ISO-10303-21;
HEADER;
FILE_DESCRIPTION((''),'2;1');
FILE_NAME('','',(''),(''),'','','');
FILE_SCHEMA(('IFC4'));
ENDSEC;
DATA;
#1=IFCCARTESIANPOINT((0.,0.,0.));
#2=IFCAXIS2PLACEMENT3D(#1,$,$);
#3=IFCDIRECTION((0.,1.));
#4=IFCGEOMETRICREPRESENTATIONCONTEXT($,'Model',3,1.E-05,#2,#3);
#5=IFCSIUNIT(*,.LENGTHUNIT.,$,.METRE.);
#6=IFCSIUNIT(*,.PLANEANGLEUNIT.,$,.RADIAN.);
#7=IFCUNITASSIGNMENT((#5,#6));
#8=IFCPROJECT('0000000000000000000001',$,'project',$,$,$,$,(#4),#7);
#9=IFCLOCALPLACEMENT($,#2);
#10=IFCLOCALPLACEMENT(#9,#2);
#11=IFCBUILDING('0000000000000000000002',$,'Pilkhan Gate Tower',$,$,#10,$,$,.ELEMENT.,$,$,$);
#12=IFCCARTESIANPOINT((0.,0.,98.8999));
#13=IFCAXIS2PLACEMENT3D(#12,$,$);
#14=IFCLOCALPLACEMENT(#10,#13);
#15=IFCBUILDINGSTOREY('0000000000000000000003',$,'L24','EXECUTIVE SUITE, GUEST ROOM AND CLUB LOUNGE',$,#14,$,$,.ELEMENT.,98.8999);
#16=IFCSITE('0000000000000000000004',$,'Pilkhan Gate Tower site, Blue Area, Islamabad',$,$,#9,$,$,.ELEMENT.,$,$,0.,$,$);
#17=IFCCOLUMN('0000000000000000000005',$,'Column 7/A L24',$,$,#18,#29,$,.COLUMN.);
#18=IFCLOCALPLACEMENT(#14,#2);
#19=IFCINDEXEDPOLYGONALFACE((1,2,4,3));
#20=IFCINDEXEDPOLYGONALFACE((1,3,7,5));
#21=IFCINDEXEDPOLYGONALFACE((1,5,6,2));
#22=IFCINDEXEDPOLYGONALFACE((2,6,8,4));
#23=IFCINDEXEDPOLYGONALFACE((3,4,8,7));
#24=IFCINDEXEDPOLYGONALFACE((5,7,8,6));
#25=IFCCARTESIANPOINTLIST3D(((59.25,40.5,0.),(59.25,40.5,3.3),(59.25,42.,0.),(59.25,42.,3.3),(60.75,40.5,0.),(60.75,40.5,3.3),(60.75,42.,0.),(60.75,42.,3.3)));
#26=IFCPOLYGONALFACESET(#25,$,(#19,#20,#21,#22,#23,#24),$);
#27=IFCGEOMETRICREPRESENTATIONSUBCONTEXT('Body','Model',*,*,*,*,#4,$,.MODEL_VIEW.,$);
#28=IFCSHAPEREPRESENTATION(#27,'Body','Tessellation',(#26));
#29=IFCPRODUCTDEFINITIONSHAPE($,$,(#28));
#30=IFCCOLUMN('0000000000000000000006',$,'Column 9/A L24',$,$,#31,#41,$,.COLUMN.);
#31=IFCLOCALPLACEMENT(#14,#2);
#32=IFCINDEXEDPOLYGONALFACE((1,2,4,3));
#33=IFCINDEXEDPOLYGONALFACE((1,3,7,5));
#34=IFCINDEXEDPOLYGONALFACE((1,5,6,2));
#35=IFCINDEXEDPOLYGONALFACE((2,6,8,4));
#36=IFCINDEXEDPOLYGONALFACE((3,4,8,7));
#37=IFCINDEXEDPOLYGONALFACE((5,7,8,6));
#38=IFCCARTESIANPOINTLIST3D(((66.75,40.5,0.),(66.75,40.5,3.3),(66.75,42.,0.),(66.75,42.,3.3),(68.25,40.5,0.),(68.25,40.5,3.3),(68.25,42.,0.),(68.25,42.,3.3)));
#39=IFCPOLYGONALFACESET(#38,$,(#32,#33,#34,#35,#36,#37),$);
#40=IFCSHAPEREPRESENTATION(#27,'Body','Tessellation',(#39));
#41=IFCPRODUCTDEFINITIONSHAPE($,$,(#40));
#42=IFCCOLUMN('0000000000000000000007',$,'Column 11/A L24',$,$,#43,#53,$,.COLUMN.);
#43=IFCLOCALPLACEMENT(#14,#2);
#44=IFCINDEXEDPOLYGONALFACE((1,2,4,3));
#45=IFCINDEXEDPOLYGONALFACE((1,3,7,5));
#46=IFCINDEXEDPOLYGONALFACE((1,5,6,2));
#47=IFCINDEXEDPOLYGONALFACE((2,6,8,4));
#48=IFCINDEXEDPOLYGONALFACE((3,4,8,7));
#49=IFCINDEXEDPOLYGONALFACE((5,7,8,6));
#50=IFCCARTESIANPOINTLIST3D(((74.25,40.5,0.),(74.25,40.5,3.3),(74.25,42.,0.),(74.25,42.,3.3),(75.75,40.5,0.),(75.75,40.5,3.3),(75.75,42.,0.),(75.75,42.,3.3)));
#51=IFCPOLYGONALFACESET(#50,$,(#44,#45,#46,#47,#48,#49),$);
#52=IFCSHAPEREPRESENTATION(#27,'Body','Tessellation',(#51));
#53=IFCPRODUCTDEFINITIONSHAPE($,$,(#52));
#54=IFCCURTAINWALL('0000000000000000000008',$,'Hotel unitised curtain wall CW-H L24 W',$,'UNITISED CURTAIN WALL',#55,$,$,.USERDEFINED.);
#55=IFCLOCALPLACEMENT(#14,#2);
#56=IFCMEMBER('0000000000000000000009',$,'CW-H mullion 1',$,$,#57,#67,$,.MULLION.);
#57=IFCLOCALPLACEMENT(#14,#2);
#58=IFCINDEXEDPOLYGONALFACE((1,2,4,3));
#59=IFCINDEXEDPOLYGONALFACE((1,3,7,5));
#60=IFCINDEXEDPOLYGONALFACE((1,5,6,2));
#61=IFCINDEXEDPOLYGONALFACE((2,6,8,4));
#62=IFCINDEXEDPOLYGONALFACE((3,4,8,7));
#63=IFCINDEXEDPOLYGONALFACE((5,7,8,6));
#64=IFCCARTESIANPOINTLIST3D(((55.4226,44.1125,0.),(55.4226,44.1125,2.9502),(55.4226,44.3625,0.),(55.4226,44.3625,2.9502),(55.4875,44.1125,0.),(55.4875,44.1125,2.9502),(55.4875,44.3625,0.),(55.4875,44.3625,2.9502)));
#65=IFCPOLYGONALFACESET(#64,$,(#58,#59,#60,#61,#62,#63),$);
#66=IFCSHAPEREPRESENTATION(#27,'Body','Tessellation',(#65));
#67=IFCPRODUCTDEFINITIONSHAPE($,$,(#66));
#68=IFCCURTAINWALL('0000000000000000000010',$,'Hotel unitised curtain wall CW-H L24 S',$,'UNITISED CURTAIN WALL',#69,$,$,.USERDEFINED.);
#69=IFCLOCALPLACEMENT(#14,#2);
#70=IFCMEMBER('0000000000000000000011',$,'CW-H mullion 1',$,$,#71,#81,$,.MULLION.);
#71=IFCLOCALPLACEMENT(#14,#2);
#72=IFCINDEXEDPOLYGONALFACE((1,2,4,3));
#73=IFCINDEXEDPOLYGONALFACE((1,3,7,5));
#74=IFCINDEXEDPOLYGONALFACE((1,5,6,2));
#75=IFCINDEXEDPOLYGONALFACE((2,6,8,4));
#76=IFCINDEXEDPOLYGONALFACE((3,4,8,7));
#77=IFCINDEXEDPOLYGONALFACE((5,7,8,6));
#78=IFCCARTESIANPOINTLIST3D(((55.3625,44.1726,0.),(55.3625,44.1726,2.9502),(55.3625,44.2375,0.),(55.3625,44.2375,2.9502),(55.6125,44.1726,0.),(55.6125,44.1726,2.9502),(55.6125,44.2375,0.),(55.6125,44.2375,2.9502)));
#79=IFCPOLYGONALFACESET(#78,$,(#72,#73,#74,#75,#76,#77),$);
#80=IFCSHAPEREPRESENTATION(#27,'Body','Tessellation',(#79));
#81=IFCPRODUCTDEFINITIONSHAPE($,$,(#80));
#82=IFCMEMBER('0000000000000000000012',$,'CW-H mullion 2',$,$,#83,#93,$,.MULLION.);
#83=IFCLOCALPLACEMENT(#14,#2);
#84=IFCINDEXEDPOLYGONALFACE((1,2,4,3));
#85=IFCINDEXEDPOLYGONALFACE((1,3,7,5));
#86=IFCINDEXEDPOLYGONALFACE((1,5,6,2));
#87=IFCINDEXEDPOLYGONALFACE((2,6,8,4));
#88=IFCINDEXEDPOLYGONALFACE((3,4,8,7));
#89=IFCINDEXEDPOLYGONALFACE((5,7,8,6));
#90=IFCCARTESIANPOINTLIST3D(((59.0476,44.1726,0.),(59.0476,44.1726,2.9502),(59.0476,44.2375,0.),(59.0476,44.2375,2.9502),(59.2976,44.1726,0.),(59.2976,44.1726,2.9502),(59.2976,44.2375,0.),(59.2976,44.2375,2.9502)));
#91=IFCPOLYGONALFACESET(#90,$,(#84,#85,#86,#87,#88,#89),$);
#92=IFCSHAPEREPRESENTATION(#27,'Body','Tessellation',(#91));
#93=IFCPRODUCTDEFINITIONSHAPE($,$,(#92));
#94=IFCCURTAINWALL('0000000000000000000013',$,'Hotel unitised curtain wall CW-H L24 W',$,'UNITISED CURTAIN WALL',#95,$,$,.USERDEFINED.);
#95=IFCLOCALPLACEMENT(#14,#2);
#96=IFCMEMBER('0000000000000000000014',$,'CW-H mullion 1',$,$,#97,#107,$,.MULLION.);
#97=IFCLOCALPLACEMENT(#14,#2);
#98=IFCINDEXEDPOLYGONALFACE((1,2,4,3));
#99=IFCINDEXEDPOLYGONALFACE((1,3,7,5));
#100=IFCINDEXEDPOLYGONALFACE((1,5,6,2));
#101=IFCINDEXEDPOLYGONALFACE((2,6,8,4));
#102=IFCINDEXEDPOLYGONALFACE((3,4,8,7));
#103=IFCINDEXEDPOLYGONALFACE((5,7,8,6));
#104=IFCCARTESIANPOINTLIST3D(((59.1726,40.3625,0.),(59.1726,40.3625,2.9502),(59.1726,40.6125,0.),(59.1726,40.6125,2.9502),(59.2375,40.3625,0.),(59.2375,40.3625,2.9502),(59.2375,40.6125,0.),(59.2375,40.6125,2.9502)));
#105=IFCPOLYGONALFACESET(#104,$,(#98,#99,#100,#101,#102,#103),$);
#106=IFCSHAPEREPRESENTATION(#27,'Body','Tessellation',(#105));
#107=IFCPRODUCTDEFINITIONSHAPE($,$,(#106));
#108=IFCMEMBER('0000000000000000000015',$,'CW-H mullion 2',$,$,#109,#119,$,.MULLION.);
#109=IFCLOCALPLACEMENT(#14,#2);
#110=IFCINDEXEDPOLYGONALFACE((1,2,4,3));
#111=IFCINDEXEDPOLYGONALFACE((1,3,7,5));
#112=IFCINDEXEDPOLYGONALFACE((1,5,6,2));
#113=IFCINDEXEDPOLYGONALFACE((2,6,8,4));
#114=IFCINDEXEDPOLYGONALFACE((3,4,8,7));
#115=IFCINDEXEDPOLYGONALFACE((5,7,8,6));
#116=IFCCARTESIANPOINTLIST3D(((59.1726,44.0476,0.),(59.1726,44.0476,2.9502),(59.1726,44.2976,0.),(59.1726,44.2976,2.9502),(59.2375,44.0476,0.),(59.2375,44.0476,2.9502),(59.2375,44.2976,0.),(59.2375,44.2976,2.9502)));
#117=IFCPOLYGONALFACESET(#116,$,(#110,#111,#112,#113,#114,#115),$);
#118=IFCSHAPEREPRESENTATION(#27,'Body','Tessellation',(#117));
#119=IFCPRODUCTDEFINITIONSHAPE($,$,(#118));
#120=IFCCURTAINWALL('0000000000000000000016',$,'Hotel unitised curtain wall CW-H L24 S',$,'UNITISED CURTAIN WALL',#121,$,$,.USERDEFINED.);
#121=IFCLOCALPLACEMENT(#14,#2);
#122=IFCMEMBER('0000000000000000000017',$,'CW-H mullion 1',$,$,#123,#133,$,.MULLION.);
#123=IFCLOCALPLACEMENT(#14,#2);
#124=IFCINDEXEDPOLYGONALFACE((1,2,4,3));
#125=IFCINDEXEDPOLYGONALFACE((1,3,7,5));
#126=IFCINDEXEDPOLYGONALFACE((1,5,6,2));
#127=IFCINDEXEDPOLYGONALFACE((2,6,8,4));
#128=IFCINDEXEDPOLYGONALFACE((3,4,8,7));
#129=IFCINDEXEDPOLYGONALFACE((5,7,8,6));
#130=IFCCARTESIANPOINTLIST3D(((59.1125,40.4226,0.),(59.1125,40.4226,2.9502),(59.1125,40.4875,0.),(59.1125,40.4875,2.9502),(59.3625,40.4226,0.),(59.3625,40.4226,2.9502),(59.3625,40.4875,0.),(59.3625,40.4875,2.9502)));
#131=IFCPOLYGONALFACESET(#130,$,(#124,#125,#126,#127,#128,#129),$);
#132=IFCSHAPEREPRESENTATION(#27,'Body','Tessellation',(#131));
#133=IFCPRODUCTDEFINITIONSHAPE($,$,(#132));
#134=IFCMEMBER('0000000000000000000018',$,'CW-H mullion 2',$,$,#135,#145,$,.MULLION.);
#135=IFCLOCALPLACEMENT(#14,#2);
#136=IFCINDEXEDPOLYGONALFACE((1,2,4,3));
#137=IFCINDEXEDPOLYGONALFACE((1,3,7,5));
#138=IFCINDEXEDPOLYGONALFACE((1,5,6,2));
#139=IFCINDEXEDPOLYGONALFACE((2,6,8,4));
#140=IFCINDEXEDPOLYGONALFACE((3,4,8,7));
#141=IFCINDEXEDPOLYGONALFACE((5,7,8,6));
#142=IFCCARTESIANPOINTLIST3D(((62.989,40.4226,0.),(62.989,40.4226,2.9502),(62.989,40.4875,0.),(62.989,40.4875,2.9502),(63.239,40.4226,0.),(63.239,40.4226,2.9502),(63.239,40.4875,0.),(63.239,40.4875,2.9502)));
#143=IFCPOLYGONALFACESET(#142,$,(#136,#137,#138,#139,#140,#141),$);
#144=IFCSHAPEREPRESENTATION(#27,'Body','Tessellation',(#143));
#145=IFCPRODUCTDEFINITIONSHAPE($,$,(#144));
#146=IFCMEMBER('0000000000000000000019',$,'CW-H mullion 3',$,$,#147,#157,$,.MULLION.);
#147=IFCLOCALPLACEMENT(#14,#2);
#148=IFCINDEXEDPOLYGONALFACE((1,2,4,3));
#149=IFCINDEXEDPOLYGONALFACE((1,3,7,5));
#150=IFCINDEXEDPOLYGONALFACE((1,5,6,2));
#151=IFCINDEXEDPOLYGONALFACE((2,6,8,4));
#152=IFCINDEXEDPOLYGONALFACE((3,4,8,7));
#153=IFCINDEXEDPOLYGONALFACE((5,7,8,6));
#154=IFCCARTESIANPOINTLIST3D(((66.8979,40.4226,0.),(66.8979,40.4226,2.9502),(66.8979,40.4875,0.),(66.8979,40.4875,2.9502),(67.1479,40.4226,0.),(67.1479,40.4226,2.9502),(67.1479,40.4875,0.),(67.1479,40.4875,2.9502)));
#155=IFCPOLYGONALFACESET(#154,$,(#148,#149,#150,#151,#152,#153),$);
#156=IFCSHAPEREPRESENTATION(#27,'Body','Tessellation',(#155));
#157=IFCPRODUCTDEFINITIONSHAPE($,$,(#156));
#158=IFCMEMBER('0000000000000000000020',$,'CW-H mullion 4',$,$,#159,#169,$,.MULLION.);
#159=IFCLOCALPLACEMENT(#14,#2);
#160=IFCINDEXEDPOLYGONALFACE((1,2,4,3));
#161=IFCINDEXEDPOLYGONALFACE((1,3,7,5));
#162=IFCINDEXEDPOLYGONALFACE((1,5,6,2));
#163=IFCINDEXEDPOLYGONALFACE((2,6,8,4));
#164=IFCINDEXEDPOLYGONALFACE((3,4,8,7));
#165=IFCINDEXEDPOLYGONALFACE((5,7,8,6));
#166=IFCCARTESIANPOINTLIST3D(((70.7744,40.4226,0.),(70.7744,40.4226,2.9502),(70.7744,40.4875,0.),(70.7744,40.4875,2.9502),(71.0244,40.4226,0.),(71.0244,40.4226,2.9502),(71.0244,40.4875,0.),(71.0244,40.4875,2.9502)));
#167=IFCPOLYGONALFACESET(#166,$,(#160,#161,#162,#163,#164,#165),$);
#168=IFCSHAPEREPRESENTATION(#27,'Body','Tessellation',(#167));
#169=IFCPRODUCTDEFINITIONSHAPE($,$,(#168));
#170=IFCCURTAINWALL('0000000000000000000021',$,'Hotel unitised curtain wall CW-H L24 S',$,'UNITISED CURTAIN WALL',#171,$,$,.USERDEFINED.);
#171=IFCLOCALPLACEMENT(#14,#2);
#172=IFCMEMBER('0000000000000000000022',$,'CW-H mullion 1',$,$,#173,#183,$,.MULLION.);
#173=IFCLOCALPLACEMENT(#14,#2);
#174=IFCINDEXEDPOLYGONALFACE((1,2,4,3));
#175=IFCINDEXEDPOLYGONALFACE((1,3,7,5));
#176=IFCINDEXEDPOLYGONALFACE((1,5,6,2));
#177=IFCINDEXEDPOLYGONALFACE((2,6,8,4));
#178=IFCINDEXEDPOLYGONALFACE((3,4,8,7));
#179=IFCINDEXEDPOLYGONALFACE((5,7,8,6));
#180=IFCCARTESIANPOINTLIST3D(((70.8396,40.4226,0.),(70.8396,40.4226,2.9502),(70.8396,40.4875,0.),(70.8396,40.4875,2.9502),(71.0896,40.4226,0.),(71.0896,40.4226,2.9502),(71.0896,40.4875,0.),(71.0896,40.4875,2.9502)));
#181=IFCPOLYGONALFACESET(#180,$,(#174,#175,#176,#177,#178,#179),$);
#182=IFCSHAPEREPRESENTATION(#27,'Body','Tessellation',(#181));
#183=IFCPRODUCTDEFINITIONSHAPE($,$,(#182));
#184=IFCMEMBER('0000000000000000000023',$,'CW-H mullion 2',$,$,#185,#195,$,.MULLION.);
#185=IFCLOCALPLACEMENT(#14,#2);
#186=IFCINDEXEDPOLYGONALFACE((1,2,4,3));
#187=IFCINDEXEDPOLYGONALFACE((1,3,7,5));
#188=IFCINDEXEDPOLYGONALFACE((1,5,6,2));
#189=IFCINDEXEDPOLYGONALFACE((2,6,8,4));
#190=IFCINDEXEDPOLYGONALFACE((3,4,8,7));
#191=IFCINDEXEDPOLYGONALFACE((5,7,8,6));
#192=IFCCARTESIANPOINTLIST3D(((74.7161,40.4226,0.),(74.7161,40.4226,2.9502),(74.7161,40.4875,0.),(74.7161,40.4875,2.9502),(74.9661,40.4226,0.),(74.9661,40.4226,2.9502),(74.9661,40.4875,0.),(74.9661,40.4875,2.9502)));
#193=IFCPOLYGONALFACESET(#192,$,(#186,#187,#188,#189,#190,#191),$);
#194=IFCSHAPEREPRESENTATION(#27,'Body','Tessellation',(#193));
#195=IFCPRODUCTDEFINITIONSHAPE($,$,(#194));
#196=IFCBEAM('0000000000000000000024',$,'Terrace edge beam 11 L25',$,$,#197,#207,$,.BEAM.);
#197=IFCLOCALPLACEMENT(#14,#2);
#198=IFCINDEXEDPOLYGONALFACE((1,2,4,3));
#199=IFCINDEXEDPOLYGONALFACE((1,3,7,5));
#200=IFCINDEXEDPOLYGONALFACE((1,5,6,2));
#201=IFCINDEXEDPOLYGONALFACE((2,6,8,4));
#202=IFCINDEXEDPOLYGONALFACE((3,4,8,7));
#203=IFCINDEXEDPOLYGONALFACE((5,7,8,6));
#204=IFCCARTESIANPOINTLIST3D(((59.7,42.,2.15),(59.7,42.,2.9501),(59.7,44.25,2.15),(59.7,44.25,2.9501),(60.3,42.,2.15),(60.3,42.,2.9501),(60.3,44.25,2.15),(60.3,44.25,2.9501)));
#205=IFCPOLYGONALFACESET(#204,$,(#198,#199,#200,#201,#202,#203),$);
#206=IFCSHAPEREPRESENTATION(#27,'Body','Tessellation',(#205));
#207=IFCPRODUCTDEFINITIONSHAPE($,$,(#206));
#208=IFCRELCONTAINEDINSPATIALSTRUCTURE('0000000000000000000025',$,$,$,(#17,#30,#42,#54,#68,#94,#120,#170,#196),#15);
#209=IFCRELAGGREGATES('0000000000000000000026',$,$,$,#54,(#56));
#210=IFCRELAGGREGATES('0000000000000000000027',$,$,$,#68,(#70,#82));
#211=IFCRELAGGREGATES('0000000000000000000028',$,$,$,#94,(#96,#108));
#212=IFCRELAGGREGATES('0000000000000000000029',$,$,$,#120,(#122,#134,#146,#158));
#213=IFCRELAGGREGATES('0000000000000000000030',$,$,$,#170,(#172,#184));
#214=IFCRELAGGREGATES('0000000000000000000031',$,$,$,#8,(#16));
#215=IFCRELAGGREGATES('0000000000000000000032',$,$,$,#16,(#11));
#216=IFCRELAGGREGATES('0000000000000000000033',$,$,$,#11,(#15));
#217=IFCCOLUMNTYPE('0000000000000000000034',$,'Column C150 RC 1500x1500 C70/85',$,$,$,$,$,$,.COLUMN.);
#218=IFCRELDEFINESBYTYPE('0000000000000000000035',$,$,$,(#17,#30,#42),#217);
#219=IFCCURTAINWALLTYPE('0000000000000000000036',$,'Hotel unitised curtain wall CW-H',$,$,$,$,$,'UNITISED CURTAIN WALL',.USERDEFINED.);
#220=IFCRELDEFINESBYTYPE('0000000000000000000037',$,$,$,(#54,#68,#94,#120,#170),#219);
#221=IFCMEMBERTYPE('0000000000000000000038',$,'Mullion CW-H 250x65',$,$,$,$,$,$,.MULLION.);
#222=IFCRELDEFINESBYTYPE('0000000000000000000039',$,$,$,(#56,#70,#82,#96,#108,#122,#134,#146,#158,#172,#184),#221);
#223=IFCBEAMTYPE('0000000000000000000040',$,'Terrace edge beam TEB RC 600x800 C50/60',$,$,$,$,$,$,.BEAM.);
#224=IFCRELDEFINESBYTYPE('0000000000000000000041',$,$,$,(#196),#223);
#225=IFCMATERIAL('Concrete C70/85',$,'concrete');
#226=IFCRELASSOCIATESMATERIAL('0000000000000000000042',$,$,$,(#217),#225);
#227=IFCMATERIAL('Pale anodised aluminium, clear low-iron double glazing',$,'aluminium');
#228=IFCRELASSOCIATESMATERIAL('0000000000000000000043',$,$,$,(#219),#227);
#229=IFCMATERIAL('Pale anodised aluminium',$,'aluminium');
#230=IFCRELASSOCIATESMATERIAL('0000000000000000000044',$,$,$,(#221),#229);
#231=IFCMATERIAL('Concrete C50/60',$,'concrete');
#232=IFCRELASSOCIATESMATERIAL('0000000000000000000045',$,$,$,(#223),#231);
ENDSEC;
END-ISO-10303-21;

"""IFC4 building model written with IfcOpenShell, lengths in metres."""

from ifc_helpers import new_model, si_unit, direction, frame, origin, origin_2d, place, context, subcontext, project, spatial, rectangle, extrude, material, material_profile, profile_set, type_object, element, aggregate, save


model = new_model("IFC4")

# Units and contexts
model_context = context("Model", 3, precision=1e-05, world=origin(), true_north=direction((0.0, 1.0)))
body_context = subcontext(model_context, "Body", "Model", "MODEL_VIEW")
ifc_project = project(units=[si_unit("LENGTHUNIT", "METRE"), si_unit("PLANEANGLEUNIT", "RADIAN")], contexts=[model_context])

# Site, building, storey
site_placement = place(None, origin())
site = spatial("IfcSite", under=ifc_project, at=site_placement, Name="Pilkhan Gate Tower site, Blue Area, Islamabad", CompositionType="ELEMENT", RefElevation=0.0)
building_placement = place(site_placement, origin())
building = spatial("IfcBuilding", under=site, at=building_placement, Name="Pilkhan Gate Tower", CompositionType="ELEMENT")
storey_placement = place(building_placement, frame((0.0, 0.0, 98.8999)))
storey = spatial("IfcBuildingStorey", under=building, at=storey_placement, Name="L24", Description="EXECUTIVE SUITE, GUEST ROOM AND CLUB LOUNGE", CompositionType="ELEMENT", Elevation=98.8999)

# Columns
ifc_material_1 = material(Name="Concrete C70/85", Category="concrete")
ifc_material_profile_1 = material_profile(ifc_material_1, rectangle(XDim=1.5, YDim=1.5, at=origin_2d()), Name="RC 1500x1500")
ifc_profile_set_1 = profile_set([ifc_material_profile_1], Name="Concrete C70/85")
column_type = type_object("IfcColumnType", Name="Column C150 RC 1500x1500 C70/85", PredefinedType="COLUMN", material=ifc_profile_set_1)
for number, where, z_axis, x_axis, name in (
    (1, (60.0, 41.25, 0.0), (0.0, 0.0, 1.0), (1.0, 0.0, 0.0), "Column 7/A L24"),
    (2, (67.5, 41.25, 0.0), (0.0, 0.0, 1.0), (1.0, 0.0, 0.0), "Column 9/A L24"),
    (3, (75.0, 41.25, 0.0), (0.0, 0.0, 1.0), (1.0, 0.0, 0.0), "Column 11/A L24"),
):
    element("IfcColumn", number, at=place(storey_placement, frame(where, z_axis=z_axis, x_axis=x_axis)), inside=storey, type_object=column_type, Name=name, PredefinedType="COLUMN", context=body_context, shape_type="SweptSolid", body=[
        extrude(rectangle(XDim=1.5, YDim=1.5, at=origin_2d()), origin(), (0.0, 0.0, 1.0), 3.3),
    ])

# Curtain wall, member
ifc_material_2 = material(Name="Pale anodised aluminium, clear low-iron double glazing", Category="aluminium")
curtain_wall_type = type_object("IfcCurtainWallType", Name="Hotel unitised curtain wall CW-H", ElementType="UNITISED CURTAIN WALL", PredefinedType="USERDEFINED", material=ifc_material_2)
curtain_wall_1_placement = place(storey_placement, origin())
curtain_wall_1 = element("IfcCurtainWall", 4, at=curtain_wall_1_placement, inside=storey, type_object=curtain_wall_type, Name="Hotel unitised curtain wall CW-H L24 W", ObjectType="UNITISED CURTAIN WALL", PredefinedType="USERDEFINED")
ifc_material_3 = material(Name="Pale anodised aluminium", Category="aluminium")
ifc_material_profile_2 = material_profile(ifc_material_3, rectangle(XDim=0.0649, YDim=0.25, at=origin_2d()), Name="Mullion 250x65")
ifc_profile_set_2 = profile_set([ifc_material_profile_2], Name="Pale anodised aluminium")
member_type_1 = type_object("IfcMemberType", Name="Mullion CW-H 250x65", PredefinedType="MULLION", material=ifc_profile_set_2)
member_1_placement = place(storey_placement, frame((55.4551, 44.2375, 0.0), z_axis=(0.0, 0.0, 1.0), x_axis=(-1.0, 0.0, 0.0)))
member_1 = element("IfcMember", 5, at=member_1_placement, type_object=member_type_1, Name="CW-H mullion 1", PredefinedType="MULLION", context=body_context, shape_type="SweptSolid", body=[
    extrude(rectangle(XDim=0.0649, YDim=0.25, at=origin_2d()), origin(), (0.0, 0.0, 1.0), 2.9502),
])
aggregate(curtain_wall_1, [member_1])

# Curtain walls, members
curtain_wall_2_placement = place(storey_placement, origin())
curtain_wall_2 = element("IfcCurtainWall", 6, at=curtain_wall_2_placement, inside=storey, type_object=curtain_wall_type, Name="Hotel unitised curtain wall CW-H L24 S", ObjectType="UNITISED CURTAIN WALL", PredefinedType="USERDEFINED")
member_2_placement = place(storey_placement, frame((55.4875, 44.2051, 0.0), z_axis=(0.0, 0.0, 1.0), x_axis=(0.0, 1.0, 0.0)))
member_2 = element("IfcMember", 7, at=member_2_placement, type_object=member_type_1, Name="CW-H mullion 1", PredefinedType="MULLION", context=body_context, shape_type="SweptSolid", body=[
    extrude(rectangle(XDim=0.0649, YDim=0.25, at=origin_2d()), origin(), (0.0, 0.0, 1.0), 2.9502),
])
member_3_placement = place(storey_placement, frame((59.1726, 44.2051, 0.0), z_axis=(0.0, 0.0, 1.0), x_axis=(0.0, 1.0, 0.0)))
member_3 = element("IfcMember", 8, at=member_3_placement, type_object=member_type_1, Name="CW-H mullion 2", PredefinedType="MULLION", context=body_context, shape_type="SweptSolid", body=[
    extrude(rectangle(XDim=0.0649, YDim=0.25, at=origin_2d()), origin(), (0.0, 0.0, 1.0), 2.9502),
])
curtain_wall_3_placement = place(storey_placement, origin())
curtain_wall_3 = element("IfcCurtainWall", 9, at=curtain_wall_3_placement, inside=storey, type_object=curtain_wall_type, Name="Hotel unitised curtain wall CW-H L24 W", ObjectType="UNITISED CURTAIN WALL", PredefinedType="USERDEFINED")
member_4_placement = place(storey_placement, frame((59.2051, 40.4875, 0.0), z_axis=(0.0, 0.0, 1.0), x_axis=(-1.0, 0.0, 0.0)))
member_4 = element("IfcMember", 10, at=member_4_placement, type_object=member_type_1, Name="CW-H mullion 1", PredefinedType="MULLION", context=body_context, shape_type="SweptSolid", body=[
    extrude(rectangle(XDim=0.0649, YDim=0.25, at=origin_2d()), origin(), (0.0, 0.0, 1.0), 2.9502),
])
member_5_placement = place(storey_placement, frame((59.2051, 44.1726, 0.0), z_axis=(0.0, 0.0, 1.0), x_axis=(-1.0, 0.0, 0.0)))
member_5 = element("IfcMember", 11, at=member_5_placement, type_object=member_type_1, Name="CW-H mullion 2", PredefinedType="MULLION", context=body_context, shape_type="SweptSolid", body=[
    extrude(rectangle(XDim=0.0649, YDim=0.25, at=origin_2d()), origin(), (0.0, 0.0, 1.0), 2.9502),
])
curtain_wall_4_placement = place(storey_placement, origin())
curtain_wall_4 = element("IfcCurtainWall", 12, at=curtain_wall_4_placement, inside=storey, type_object=curtain_wall_type, Name="Hotel unitised curtain wall CW-H L24 S", ObjectType="UNITISED CURTAIN WALL", PredefinedType="USERDEFINED")
member_6_placement = place(storey_placement, frame((59.2375, 40.4551, 0.0), z_axis=(0.0, 0.0, 1.0), x_axis=(0.0, 1.0, 0.0)))
member_6 = element("IfcMember", 13, at=member_6_placement, type_object=member_type_1, Name="CW-H mullion 1", PredefinedType="MULLION", context=body_context, shape_type="SweptSolid", body=[
    extrude(rectangle(XDim=0.0649, YDim=0.25, at=origin_2d()), origin(), (0.0, 0.0, 1.0), 2.9502),
])
member_7_placement = place(storey_placement, frame((63.114, 40.4551, 0.0), z_axis=(0.0, 0.0, 1.0), x_axis=(0.0, 1.0, 0.0)))
member_7 = element("IfcMember", 14, at=member_7_placement, type_object=member_type_1, Name="CW-H mullion 2", PredefinedType="MULLION", context=body_context, shape_type="SweptSolid", body=[
    extrude(rectangle(XDim=0.0649, YDim=0.25, at=origin_2d()), origin(), (0.0, 0.0, 1.0), 2.9502),
])
member_8_placement = place(storey_placement, frame((67.0229, 40.4551, 0.0), z_axis=(0.0, 0.0, 1.0), x_axis=(0.0, 1.0, 0.0)))
member_8 = element("IfcMember", 15, at=member_8_placement, type_object=member_type_1, Name="CW-H mullion 3", PredefinedType="MULLION", context=body_context, shape_type="SweptSolid", body=[
    extrude(rectangle(XDim=0.0649, YDim=0.25, at=origin_2d()), origin(), (0.0, 0.0, 1.0), 2.9502),
])
member_9_placement = place(storey_placement, frame((70.8994, 40.4551, 0.0), z_axis=(0.0, 0.0, 1.0), x_axis=(0.0, 1.0, 0.0)))
member_9 = element("IfcMember", 16, at=member_9_placement, type_object=member_type_1, Name="CW-H mullion 4", PredefinedType="MULLION", context=body_context, shape_type="SweptSolid", body=[
    extrude(rectangle(XDim=0.0649, YDim=0.25, at=origin_2d()), origin(), (0.0, 0.0, 1.0), 2.9502),
])
curtain_wall_5_placement = place(storey_placement, origin())
curtain_wall_5 = element("IfcCurtainWall", 17, at=curtain_wall_5_placement, inside=storey, type_object=curtain_wall_type, Name="Hotel unitised curtain wall CW-H L24 S", ObjectType="UNITISED CURTAIN WALL", PredefinedType="USERDEFINED")
member_10_placement = place(storey_placement, frame((70.9646, 40.4551, 0.0), z_axis=(0.0, 0.0, 1.0), x_axis=(0.0, 1.0, 0.0)))
member_10 = element("IfcMember", 18, at=member_10_placement, type_object=member_type_1, Name="CW-H mullion 1", PredefinedType="MULLION", context=body_context, shape_type="SweptSolid", body=[
    extrude(rectangle(XDim=0.0649, YDim=0.25, at=origin_2d()), origin(), (0.0, 0.0, 1.0), 2.9502),
])
member_11_placement = place(storey_placement, frame((74.8411, 40.4551, 0.0), z_axis=(0.0, 0.0, 1.0), x_axis=(0.0, 1.0, 0.0)))
member_11 = element("IfcMember", 19, at=member_11_placement, type_object=member_type_1, Name="CW-H mullion 2", PredefinedType="MULLION", context=body_context, shape_type="SweptSolid", body=[
    extrude(rectangle(XDim=0.0649, YDim=0.25, at=origin_2d()), origin(), (0.0, 0.0, 1.0), 2.9502),
])

# Beam
ifc_material_4 = material(Name="Concrete C50/60", Category="concrete")
ifc_material_profile_3 = material_profile(ifc_material_4, rectangle(XDim=0.6001, YDim=0.8, at=origin_2d()), Name="RC 600x800")
ifc_profile_set_3 = profile_set([ifc_material_profile_3], Name="Concrete C50/60")
beam_type_1 = type_object("IfcBeamType", Name="Terrace edge beam TEB RC 600x800 C50/60", PredefinedType="BEAM", material=ifc_profile_set_3)
beam_placement = place(storey_placement, frame((60.0, 42.0, 2.55), z_axis=(0.0, 1.0, 0.0), x_axis=(-1.0, 0.0, 0.0)))
element("IfcBeam", 20, at=beam_placement, inside=storey, type_object=beam_type_1, Name="Terrace edge beam 11 L25", PredefinedType="BEAM", context=body_context, shape_type="SweptSolid", body=[
    extrude(rectangle(XDim=0.6001, YDim=0.8, at=origin_2d()), origin(), (0.0, 0.0, 1.0), 2.25),
])

aggregate(curtain_wall_2, [member_2, member_3])
aggregate(curtain_wall_3, [member_4, member_5])
aggregate(curtain_wall_4, [member_6, member_7, member_8, member_9])
aggregate(curtain_wall_5, [member_10, member_11])

save(model, "model.ifc")
